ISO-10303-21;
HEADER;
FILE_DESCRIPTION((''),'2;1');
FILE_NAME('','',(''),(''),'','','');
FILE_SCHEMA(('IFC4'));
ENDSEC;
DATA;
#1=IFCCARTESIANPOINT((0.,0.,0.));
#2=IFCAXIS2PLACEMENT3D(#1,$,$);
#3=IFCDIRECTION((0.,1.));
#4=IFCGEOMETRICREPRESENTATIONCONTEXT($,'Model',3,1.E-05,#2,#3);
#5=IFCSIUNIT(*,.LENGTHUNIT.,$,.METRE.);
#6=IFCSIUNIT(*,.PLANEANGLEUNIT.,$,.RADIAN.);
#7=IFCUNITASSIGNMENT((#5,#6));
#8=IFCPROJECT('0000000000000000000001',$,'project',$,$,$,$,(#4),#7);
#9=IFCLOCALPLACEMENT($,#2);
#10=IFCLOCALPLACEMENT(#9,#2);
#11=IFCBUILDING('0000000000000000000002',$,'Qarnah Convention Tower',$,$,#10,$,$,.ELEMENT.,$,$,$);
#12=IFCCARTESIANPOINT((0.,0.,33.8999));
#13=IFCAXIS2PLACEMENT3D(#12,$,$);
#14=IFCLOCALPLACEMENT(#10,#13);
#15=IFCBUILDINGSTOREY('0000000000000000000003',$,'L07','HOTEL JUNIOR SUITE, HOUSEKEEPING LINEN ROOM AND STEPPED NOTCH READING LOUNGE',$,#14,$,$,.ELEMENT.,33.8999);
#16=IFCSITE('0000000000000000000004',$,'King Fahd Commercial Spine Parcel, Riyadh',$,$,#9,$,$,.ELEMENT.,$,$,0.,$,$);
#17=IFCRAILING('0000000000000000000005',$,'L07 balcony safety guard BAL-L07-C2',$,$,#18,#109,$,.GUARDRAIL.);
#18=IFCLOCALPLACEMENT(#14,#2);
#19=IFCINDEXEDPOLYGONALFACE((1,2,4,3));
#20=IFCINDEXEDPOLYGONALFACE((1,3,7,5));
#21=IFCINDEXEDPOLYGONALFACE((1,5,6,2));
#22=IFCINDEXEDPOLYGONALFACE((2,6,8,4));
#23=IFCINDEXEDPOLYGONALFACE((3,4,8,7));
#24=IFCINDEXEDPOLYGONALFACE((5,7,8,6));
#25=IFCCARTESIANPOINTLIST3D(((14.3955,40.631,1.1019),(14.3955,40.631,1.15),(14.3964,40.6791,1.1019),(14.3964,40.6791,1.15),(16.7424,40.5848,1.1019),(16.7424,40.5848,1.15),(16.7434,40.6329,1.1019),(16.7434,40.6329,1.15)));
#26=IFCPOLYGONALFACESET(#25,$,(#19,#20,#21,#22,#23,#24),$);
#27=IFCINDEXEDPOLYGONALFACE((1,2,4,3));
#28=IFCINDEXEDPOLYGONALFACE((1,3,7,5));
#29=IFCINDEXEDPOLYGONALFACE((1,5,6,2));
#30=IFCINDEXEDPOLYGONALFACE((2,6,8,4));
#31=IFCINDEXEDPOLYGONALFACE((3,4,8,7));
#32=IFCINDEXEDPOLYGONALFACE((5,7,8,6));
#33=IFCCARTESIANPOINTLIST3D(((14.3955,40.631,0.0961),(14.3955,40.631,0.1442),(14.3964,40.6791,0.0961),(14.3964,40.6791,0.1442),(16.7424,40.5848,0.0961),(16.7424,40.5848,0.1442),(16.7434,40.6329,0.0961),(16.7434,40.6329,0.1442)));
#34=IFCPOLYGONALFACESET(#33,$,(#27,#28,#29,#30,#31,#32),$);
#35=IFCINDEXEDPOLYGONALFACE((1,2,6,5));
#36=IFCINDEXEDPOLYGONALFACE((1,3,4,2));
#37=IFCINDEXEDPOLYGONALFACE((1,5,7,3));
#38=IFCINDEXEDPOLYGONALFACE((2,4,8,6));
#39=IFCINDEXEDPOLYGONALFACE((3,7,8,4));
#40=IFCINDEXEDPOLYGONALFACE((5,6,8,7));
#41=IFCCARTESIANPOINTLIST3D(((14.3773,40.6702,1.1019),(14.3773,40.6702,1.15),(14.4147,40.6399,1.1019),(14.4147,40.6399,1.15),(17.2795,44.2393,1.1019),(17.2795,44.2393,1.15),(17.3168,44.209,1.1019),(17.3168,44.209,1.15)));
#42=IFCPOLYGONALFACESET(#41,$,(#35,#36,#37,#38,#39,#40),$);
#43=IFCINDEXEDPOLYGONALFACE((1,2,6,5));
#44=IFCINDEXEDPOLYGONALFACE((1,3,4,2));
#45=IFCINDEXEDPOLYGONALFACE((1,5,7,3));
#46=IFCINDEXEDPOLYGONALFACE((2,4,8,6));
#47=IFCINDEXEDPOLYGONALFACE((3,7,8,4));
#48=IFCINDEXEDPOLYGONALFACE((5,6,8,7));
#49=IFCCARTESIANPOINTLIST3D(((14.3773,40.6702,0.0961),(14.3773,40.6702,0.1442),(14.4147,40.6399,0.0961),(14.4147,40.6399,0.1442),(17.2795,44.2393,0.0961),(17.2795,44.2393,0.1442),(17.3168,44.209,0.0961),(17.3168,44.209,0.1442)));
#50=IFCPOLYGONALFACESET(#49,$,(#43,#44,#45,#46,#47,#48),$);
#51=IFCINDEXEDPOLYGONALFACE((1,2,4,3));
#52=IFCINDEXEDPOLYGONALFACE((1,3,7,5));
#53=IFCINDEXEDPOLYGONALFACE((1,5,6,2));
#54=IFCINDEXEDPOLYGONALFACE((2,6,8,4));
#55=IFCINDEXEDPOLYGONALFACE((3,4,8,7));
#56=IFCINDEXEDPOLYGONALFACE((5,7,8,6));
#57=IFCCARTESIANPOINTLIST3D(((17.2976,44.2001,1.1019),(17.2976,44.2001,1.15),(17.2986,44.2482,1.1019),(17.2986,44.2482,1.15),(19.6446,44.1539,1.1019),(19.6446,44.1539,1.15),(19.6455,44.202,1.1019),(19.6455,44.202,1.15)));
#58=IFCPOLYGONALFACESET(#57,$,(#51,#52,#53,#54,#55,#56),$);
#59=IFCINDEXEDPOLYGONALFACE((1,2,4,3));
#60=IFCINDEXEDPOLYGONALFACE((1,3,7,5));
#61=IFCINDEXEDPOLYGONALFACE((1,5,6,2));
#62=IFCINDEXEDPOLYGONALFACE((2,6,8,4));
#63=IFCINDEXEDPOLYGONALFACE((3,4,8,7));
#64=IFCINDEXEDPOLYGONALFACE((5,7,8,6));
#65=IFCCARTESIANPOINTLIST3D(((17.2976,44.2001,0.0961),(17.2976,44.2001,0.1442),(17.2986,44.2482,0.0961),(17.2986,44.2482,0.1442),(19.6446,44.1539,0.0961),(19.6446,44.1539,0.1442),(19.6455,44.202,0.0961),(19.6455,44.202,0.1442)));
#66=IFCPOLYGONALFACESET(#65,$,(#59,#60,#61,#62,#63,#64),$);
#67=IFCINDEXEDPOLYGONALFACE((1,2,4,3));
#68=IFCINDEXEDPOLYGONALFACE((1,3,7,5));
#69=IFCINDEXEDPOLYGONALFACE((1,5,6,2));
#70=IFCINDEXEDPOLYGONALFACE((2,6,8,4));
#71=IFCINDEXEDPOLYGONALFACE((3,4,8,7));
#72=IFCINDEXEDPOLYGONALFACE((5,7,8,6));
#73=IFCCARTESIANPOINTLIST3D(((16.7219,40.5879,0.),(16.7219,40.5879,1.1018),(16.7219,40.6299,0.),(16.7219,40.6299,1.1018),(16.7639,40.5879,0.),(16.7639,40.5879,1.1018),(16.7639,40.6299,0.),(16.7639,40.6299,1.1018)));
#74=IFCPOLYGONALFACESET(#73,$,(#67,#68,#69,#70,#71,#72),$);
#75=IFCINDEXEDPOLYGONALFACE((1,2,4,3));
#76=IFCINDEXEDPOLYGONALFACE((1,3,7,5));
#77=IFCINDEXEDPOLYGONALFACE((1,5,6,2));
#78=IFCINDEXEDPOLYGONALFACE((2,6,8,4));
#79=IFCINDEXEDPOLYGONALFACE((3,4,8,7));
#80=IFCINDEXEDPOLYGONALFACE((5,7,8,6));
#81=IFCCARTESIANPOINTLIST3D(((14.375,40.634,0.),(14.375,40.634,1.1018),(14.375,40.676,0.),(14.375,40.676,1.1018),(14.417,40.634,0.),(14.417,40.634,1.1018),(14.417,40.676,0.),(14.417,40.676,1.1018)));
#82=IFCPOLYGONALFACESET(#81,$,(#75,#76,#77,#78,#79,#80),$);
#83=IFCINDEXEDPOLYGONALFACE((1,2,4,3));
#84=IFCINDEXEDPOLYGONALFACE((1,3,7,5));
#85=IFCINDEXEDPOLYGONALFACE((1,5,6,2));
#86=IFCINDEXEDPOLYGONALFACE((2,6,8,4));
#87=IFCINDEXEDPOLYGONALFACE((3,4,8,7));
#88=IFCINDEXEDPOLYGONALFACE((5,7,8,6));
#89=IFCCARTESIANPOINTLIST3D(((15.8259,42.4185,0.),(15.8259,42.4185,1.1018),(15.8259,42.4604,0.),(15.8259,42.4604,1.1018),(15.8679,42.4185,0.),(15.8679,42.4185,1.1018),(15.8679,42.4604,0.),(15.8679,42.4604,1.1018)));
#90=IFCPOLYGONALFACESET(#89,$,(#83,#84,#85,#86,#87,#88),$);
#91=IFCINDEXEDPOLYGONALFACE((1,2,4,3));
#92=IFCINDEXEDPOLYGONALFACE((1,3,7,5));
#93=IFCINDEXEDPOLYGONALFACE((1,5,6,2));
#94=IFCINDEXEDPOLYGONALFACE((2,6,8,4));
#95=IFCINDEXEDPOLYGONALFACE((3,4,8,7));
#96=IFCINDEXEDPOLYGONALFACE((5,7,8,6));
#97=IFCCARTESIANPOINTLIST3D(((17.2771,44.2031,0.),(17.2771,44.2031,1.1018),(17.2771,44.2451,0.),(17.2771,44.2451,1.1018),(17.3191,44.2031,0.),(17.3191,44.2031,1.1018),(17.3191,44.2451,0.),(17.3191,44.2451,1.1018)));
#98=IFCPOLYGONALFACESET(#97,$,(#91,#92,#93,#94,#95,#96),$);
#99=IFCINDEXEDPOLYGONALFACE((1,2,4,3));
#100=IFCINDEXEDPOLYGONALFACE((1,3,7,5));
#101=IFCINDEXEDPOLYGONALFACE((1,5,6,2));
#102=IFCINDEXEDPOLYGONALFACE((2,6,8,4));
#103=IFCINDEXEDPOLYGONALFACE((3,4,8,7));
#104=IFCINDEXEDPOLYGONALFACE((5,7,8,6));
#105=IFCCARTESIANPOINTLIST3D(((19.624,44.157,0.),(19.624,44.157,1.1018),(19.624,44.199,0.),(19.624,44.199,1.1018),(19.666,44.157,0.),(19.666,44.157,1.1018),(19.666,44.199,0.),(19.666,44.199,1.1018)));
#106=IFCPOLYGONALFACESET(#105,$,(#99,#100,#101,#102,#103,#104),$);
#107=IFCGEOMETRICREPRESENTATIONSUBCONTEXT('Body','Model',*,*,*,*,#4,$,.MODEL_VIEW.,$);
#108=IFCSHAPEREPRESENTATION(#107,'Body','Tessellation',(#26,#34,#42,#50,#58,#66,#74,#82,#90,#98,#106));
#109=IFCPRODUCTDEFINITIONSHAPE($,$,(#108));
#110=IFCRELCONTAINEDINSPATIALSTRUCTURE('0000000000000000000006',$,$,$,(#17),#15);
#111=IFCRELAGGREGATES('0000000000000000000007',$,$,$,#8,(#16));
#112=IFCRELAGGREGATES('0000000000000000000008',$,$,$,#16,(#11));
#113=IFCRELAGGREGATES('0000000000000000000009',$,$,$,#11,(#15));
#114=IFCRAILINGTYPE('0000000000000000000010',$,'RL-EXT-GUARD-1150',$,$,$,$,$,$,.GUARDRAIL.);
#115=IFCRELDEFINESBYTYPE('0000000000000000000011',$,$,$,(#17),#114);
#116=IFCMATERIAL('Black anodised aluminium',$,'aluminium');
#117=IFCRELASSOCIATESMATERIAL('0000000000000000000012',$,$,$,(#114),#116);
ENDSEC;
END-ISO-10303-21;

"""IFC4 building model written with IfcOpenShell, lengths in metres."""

from ifc_helpers import new_model, si_unit, direction, frame, origin, origin_2d, place, context, subcontext, project, spatial, rectangle, extrude, material, type_object, element, save


model = new_model("IFC4")

# Units and contexts
model_context = context("Model", 3, precision=1e-05, world=origin(), true_north=direction((0.0, 1.0)))
body_context = subcontext(model_context, "Body", "Model", "MODEL_VIEW")
ifc_project = project(units=[si_unit("LENGTHUNIT", "METRE"), si_unit("PLANEANGLEUNIT", "RADIAN")], contexts=[model_context])

# Site, building, storey
site_placement = place(None, origin())
site = spatial("IfcSite", under=ifc_project, at=site_placement, Name="King Fahd Commercial Spine Parcel, Riyadh", CompositionType="ELEMENT", RefElevation=0.0)
building_placement = place(site_placement, origin())
building = spatial("IfcBuilding", under=site, at=building_placement, Name="Qarnah Convention Tower", CompositionType="ELEMENT")
storey_placement = place(building_placement, frame((0.0, 0.0, 33.8999)))
storey = spatial("IfcBuildingStorey", under=building, at=storey_placement, Name="L07", Description="HOTEL JUNIOR SUITE, HOUSEKEEPING LINEN ROOM AND STEPPED NOTCH READING LOUNGE", CompositionType="ELEMENT", Elevation=33.8999)

# Shared definitions
ifc_material_1 = material(Name="Black anodised aluminium", Category="aluminium")

# Railing
railing_type = type_object("IfcRailingType", Name="RL-EXT-GUARD-1150", PredefinedType="GUARDRAIL", material=ifc_material_1)
railing_1_placement = place(storey_placement, frame((16.7429, 40.6089, 0.0)))
element("IfcRailing", 1, at=railing_1_placement, inside=storey, type_object=railing_type, Name="L07 balcony safety guard BAL-L07-C2", PredefinedType="GUARDRAIL", context=body_context, shape_type="SweptSolid", body=[
    extrude(rectangle(XDim=0.0481, YDim=0.0481, at=origin_2d()), frame((0.0, 0.0, 1.126), z_axis=(-0.999807, 0.019657, 0.0), x_axis=(-0.019657, -0.999807, 0.0)), (0.0, 0.0, 1.0), 2.3474),
    extrude(rectangle(XDim=0.0481, YDim=0.0481, at=origin_2d()), frame((0.0, 0.0, 0.1201), z_axis=(-0.999807, 0.019657, 0.0), x_axis=(-0.019657, -0.999807, 0.0)), (0.0, 0.0, 1.0), 2.3474),
    extrude(rectangle(XDim=0.0481, YDim=0.0481, at=origin_2d()), frame((-2.3469, 0.0461, 1.126), z_axis=(0.630882, 0.775879, 0.0), x_axis=(-0.775879, 0.630882, 0.0)), (0.0, 0.0, 1.0), 4.6001),
    extrude(rectangle(XDim=0.0481, YDim=0.0481, at=origin_2d()), frame((-2.3469, 0.0461, 0.1201), z_axis=(0.630882, 0.775879, 0.0), x_axis=(-0.775879, 0.630882, 0.0)), (0.0, 0.0, 1.0), 4.6001),
    extrude(rectangle(XDim=0.0481, YDim=0.0481, at=origin_2d()), frame((0.5552, 3.6152, 1.126), z_axis=(0.999807, -0.019657, 0.0), x_axis=(0.019657, 0.999807, 0.0)), (0.0, 0.0, 1.0), 2.3474),
    extrude(rectangle(XDim=0.0481, YDim=0.0481, at=origin_2d()), frame((0.5552, 3.6152, 0.1201), z_axis=(0.999807, -0.019657, 0.0), x_axis=(0.019657, 0.999807, 0.0)), (0.0, 0.0, 1.0), 2.3474),
    extrude(rectangle(XDim=0.042, YDim=0.042, at=origin_2d()), origin(), (0.0, 0.0, 1.0), 1.1018),
    extrude(rectangle(XDim=0.042, YDim=0.042, at=origin_2d()), frame((-2.3469, 0.0461, 0.0)), (0.0, 0.0, 1.0), 1.1018),
    extrude(rectangle(XDim=0.042, YDim=0.042, at=origin_2d()), frame((-0.896, 1.8306, 0.0)), (0.0, 0.0, 1.0), 1.1018),
    extrude(rectangle(XDim=0.042, YDim=0.042, at=origin_2d()), frame((0.5552, 3.6152, 0.0)), (0.0, 0.0, 1.0), 1.1018),
    extrude(rectangle(XDim=0.042, YDim=0.042, at=origin_2d()), frame((2.9021, 3.5691, 0.0)), (0.0, 0.0, 1.0), 1.1018),
])

save(model, "model.ifc")
